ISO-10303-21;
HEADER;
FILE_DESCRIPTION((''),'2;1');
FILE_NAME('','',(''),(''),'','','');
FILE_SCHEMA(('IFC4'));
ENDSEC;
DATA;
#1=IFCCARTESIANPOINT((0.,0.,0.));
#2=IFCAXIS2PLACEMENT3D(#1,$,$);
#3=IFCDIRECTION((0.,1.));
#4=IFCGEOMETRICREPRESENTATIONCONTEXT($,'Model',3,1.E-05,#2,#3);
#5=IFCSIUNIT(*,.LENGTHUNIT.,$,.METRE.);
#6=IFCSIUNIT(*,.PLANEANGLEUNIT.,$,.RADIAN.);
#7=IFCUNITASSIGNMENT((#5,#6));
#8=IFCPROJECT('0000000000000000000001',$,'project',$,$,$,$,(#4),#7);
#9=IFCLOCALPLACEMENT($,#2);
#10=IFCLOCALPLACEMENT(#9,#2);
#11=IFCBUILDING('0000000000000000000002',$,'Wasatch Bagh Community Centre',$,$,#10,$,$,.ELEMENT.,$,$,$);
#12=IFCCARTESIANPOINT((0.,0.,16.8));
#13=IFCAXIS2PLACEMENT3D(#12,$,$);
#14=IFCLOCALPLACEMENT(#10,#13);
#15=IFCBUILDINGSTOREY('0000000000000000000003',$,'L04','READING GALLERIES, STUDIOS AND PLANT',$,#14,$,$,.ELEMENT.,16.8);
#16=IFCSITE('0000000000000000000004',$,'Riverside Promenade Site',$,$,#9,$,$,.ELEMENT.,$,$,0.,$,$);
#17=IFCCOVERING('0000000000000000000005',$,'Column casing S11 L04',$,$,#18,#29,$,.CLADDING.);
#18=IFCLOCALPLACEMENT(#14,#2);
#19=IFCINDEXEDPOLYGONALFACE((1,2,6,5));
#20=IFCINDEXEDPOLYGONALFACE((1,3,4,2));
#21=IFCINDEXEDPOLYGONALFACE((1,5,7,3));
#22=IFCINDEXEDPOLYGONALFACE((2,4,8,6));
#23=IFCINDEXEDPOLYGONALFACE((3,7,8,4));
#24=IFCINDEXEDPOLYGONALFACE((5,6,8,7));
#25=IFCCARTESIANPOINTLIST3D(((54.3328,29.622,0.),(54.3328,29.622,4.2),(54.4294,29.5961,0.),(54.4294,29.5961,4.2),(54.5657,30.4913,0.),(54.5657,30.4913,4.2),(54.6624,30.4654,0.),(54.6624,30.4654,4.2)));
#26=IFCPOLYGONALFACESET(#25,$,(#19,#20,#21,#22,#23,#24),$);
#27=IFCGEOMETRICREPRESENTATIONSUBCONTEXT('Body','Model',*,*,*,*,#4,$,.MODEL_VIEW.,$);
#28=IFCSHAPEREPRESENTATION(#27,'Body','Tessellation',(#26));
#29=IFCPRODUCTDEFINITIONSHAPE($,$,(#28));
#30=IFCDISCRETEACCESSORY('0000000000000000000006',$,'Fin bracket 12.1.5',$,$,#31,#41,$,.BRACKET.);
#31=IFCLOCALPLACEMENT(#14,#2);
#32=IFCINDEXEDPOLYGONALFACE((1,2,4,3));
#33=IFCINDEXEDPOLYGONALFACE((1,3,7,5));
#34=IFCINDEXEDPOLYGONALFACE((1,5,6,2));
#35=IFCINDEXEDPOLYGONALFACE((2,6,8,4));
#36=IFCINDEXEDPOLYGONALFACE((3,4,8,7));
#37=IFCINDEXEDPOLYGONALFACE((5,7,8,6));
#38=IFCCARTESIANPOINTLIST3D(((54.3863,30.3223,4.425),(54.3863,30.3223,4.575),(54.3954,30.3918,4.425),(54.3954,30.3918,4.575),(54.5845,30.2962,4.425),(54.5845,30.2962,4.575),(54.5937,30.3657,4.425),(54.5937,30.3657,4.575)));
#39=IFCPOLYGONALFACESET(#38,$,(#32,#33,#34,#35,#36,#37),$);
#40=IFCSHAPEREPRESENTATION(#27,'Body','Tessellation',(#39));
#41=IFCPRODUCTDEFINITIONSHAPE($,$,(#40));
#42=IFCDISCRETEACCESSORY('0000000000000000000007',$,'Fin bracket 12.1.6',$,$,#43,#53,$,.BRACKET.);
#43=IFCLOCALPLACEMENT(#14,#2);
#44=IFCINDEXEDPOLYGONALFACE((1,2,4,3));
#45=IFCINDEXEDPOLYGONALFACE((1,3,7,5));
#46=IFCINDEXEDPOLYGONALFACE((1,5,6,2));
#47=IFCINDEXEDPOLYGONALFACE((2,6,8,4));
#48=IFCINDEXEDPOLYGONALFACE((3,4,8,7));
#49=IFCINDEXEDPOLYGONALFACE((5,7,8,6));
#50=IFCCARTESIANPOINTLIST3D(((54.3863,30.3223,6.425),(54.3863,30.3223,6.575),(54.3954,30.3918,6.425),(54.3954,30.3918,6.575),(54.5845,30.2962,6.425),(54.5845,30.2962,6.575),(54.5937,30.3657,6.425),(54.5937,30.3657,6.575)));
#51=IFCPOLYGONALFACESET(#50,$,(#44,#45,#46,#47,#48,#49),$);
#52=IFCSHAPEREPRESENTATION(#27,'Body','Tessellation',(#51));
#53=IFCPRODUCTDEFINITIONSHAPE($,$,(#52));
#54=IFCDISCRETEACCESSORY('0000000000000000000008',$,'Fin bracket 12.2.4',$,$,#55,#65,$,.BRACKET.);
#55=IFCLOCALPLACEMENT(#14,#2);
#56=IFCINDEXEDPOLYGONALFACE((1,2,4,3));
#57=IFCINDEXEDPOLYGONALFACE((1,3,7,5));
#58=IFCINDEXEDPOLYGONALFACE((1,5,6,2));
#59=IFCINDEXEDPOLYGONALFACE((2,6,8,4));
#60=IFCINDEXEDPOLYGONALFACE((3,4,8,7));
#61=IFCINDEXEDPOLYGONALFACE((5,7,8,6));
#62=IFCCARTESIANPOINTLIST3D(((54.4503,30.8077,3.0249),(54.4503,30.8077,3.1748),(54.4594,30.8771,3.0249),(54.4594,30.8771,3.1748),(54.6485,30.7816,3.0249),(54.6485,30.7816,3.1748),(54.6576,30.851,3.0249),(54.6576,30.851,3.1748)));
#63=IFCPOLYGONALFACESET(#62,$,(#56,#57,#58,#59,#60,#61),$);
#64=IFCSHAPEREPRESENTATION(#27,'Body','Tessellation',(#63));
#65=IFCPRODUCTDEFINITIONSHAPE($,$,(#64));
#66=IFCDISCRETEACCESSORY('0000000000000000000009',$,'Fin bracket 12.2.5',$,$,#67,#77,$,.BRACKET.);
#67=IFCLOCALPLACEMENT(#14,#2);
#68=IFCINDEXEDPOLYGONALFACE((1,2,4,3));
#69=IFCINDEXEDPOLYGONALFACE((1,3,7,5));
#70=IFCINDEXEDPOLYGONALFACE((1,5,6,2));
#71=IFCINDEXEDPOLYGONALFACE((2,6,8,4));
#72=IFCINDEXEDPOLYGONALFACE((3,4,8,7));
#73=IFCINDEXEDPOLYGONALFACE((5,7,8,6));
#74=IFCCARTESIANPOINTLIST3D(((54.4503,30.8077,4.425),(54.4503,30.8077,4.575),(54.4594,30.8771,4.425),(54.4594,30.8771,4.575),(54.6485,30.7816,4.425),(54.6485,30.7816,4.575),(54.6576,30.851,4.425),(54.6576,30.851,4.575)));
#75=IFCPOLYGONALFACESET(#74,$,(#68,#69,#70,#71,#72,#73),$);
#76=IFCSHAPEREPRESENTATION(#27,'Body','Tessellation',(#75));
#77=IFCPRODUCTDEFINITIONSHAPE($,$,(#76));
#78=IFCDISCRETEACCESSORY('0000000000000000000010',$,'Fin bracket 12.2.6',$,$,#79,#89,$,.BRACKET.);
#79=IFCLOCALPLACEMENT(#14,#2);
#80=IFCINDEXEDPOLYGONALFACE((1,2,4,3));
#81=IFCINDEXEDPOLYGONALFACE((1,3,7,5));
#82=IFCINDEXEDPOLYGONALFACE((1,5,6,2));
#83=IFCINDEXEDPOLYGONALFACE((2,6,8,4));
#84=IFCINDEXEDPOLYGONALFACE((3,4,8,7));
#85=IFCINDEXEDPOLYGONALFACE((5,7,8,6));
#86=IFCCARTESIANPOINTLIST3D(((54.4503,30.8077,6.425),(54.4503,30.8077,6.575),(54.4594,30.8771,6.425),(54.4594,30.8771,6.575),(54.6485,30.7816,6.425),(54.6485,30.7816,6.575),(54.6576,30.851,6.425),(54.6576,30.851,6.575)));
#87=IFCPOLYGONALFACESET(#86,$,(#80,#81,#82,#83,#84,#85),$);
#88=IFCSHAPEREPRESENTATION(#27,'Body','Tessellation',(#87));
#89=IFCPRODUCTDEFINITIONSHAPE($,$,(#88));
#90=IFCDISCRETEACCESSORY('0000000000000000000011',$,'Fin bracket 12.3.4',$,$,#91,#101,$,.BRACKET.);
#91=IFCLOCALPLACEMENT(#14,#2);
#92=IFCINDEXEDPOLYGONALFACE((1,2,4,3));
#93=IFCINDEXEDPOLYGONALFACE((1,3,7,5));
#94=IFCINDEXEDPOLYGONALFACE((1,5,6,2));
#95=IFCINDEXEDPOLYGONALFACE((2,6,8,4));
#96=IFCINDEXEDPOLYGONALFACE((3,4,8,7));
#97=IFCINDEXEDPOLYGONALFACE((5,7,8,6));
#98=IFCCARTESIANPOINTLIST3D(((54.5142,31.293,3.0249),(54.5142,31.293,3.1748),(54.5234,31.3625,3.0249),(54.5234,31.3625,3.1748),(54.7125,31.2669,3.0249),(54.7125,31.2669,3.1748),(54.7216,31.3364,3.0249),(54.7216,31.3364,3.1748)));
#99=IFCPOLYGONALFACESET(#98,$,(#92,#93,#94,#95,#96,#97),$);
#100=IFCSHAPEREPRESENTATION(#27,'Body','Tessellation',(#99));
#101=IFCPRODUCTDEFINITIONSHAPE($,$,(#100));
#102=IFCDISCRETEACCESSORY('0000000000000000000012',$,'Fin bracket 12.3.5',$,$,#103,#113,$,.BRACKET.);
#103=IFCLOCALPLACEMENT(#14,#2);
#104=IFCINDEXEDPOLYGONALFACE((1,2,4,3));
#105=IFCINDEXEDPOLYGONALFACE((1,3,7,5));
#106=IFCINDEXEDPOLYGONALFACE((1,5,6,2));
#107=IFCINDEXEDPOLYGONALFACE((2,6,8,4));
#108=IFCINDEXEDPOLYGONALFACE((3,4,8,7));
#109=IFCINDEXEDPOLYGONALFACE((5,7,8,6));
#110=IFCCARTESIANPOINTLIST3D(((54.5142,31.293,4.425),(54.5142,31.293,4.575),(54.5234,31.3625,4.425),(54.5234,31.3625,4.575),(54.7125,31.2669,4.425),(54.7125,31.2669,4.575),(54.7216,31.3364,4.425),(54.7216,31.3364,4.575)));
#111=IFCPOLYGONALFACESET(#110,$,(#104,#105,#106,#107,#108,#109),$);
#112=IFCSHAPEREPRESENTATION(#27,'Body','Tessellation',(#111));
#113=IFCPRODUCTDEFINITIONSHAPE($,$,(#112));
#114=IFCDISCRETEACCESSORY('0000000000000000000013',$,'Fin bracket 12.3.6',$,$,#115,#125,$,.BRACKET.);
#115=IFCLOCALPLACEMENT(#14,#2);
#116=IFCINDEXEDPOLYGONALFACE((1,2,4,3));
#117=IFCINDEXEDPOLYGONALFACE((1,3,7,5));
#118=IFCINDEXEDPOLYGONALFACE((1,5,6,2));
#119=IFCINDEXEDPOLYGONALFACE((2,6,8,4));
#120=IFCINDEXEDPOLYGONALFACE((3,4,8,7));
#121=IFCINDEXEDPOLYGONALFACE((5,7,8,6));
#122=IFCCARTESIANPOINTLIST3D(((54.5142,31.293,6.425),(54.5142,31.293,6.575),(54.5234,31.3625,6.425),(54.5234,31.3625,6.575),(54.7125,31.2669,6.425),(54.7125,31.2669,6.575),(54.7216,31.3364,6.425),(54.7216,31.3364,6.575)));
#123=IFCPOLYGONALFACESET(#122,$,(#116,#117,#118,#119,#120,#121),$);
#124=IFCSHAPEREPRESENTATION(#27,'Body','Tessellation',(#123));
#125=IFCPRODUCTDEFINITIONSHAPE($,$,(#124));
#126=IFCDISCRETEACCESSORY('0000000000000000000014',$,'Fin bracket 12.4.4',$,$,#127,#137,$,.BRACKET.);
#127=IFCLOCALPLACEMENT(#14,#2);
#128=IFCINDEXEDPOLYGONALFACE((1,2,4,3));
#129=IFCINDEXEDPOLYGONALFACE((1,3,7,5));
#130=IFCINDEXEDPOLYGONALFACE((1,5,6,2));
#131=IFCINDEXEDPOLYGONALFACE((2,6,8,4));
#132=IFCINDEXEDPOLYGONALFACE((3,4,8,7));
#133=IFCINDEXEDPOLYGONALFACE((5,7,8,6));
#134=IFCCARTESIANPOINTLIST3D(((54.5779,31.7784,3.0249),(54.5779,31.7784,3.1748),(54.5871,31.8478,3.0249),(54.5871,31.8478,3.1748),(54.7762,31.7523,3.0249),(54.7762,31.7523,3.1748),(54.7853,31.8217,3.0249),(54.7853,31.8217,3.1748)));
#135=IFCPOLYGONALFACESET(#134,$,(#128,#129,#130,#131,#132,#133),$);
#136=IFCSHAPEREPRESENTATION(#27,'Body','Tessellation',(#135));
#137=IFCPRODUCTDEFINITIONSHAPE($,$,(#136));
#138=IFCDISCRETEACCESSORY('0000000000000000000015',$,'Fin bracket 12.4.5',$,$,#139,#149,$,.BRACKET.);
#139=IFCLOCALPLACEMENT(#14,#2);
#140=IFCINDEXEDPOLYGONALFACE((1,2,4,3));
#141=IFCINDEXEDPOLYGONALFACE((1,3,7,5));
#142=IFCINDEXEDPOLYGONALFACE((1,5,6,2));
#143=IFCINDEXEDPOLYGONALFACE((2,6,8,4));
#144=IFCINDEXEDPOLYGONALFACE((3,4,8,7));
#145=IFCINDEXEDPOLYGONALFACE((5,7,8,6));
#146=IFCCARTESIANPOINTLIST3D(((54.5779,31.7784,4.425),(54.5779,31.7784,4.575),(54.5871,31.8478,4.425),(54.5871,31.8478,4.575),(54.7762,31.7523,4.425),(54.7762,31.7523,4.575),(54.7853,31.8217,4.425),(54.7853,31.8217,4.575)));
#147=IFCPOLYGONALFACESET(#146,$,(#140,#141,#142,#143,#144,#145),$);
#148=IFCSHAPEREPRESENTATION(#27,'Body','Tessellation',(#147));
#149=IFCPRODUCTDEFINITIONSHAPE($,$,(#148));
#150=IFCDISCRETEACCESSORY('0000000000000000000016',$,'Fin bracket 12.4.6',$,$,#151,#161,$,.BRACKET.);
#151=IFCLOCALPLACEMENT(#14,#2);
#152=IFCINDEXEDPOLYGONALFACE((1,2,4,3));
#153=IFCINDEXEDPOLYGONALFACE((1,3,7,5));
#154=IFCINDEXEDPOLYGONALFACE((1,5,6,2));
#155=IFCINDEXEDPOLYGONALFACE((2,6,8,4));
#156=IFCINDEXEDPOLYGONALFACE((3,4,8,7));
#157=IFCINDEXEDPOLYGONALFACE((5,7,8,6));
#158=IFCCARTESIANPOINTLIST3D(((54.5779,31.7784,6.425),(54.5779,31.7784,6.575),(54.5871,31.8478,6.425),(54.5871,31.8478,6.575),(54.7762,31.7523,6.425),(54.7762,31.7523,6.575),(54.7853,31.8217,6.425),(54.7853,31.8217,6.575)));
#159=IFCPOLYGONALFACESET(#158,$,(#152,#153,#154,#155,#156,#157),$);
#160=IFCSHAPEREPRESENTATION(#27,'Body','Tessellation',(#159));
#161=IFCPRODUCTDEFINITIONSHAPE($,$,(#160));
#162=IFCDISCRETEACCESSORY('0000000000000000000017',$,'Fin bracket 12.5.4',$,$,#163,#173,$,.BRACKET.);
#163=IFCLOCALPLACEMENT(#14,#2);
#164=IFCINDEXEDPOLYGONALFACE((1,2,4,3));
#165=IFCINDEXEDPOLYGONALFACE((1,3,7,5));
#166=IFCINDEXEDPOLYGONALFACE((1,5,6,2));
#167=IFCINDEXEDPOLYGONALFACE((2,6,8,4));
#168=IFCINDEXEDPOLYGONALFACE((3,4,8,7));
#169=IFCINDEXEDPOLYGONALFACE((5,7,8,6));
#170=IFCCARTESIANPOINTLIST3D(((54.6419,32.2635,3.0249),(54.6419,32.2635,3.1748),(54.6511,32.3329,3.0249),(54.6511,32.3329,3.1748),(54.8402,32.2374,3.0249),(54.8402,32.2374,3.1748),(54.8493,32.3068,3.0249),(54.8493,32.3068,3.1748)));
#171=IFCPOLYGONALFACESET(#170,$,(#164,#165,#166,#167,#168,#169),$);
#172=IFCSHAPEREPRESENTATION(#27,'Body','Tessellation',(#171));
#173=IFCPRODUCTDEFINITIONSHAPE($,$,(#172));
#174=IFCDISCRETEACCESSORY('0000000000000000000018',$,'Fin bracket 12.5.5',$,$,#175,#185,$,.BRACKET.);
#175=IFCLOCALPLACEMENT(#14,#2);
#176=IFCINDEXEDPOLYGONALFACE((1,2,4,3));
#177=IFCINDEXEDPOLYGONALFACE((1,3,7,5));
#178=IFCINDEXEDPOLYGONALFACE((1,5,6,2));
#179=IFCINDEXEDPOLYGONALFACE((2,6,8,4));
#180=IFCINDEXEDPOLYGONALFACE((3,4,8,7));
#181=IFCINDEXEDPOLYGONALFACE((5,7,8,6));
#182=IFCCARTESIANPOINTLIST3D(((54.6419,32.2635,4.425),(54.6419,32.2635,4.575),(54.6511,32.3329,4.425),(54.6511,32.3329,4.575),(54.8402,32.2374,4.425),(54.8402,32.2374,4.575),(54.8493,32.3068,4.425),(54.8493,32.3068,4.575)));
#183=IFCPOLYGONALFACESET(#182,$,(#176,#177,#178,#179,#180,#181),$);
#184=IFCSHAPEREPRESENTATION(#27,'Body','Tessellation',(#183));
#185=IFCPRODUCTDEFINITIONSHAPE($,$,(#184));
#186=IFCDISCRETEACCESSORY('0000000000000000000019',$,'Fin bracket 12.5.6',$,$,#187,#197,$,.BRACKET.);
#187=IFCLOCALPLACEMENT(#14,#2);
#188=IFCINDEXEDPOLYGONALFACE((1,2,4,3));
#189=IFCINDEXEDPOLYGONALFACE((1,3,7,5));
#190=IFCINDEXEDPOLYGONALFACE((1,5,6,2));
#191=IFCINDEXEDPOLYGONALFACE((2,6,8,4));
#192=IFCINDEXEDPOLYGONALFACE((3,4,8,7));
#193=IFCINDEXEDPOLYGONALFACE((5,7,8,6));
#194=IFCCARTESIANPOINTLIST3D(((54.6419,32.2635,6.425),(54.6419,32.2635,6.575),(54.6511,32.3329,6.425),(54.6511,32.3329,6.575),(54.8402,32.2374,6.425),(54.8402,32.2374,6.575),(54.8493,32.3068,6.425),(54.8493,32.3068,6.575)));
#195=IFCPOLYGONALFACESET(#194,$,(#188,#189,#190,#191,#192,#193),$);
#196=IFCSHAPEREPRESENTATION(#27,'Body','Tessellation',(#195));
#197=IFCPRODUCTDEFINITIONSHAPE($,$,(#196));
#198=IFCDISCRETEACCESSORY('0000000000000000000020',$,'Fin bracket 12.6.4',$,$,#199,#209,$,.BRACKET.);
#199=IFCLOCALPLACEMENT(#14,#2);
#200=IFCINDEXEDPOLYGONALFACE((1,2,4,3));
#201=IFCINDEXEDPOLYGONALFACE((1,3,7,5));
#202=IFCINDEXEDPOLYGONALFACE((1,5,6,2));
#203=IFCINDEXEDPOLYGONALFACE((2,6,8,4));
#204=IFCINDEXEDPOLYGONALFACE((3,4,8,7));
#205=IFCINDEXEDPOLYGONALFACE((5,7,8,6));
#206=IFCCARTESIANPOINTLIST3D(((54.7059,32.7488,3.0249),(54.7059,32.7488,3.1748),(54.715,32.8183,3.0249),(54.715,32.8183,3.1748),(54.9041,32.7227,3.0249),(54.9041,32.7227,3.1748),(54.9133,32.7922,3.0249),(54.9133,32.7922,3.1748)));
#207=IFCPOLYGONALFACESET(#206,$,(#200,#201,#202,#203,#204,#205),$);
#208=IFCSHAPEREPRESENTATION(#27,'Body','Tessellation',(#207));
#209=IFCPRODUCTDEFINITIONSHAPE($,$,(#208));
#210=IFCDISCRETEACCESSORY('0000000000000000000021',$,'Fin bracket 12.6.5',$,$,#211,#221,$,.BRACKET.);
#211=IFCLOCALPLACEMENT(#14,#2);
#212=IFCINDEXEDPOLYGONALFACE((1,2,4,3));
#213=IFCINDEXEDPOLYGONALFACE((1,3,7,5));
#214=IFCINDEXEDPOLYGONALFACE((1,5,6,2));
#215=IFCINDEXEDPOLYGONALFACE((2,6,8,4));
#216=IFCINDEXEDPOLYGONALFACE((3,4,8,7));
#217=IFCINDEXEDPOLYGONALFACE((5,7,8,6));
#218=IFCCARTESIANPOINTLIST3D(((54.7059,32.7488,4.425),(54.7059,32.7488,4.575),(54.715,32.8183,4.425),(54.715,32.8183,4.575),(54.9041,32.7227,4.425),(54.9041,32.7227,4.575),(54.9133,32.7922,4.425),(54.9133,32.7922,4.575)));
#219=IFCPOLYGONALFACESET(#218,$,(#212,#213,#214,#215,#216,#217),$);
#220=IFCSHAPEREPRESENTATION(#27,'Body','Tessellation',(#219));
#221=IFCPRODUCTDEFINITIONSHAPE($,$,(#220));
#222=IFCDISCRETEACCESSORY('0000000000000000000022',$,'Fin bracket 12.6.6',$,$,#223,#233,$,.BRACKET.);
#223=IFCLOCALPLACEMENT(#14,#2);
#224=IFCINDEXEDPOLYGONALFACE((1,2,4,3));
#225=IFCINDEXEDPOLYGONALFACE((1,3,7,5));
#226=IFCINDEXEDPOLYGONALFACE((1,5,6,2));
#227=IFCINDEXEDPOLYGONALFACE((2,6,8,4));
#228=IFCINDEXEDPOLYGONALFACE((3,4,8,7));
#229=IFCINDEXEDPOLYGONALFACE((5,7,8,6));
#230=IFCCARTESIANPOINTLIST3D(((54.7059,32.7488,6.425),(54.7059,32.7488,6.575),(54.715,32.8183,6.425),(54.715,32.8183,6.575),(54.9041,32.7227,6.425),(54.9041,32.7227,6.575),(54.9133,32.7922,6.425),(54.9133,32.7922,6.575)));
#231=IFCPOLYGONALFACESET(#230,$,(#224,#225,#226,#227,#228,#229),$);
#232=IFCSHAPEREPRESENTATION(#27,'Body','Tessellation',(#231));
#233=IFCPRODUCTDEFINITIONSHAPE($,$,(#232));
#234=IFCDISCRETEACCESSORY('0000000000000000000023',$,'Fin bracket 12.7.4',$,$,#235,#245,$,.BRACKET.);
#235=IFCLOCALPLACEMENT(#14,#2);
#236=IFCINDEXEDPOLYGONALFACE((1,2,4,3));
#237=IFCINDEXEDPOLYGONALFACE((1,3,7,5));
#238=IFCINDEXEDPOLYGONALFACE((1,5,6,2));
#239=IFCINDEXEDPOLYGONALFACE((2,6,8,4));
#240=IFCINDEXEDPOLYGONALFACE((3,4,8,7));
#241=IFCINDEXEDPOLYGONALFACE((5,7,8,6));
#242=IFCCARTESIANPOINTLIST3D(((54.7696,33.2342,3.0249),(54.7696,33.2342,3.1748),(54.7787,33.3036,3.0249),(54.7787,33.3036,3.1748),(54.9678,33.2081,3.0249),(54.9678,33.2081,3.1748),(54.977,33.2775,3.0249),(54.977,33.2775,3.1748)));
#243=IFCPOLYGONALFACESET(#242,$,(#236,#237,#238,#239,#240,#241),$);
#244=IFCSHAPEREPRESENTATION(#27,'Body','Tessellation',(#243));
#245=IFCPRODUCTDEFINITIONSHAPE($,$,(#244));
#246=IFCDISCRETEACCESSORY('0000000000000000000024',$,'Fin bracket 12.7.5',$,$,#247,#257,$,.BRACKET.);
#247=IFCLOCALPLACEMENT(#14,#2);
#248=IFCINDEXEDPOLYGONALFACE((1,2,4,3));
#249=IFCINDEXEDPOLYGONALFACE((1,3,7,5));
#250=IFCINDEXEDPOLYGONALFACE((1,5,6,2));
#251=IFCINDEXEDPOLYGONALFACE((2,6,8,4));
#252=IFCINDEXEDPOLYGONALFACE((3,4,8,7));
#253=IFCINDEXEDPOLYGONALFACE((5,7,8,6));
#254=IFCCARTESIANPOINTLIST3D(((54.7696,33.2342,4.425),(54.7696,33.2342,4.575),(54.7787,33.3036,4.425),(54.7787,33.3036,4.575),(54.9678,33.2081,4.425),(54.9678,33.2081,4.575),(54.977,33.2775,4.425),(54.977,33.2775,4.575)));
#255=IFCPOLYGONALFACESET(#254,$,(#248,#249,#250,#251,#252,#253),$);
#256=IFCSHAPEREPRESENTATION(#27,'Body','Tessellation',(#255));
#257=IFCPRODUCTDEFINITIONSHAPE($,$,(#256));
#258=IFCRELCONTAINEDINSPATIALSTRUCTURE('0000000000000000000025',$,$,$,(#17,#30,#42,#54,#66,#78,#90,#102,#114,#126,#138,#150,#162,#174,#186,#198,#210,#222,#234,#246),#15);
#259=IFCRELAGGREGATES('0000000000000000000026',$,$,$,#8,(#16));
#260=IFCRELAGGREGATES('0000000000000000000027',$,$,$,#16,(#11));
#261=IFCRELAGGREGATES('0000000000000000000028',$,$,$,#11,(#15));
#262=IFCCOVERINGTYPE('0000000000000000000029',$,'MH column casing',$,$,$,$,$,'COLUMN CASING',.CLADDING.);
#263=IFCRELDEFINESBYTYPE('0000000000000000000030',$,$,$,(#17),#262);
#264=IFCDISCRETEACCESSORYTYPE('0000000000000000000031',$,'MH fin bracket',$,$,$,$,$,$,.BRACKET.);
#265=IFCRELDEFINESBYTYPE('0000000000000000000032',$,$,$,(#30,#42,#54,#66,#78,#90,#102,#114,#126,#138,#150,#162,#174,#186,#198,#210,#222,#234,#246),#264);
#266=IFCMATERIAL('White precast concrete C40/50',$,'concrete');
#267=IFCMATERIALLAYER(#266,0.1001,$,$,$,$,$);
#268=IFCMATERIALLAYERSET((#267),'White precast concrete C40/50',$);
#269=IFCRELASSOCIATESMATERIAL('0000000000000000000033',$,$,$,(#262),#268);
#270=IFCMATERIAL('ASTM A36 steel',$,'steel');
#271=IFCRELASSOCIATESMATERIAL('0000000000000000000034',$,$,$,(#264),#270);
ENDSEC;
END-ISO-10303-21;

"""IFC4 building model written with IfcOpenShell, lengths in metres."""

from ifc_helpers import new_model, si_unit, direction, frame, origin, origin_2d, place, context, subcontext, project, spatial, rectangle, extrude, material, layer, layer_set, type_object, element, save


model = new_model("IFC4")

# Units and contexts
model_context = context("Model", 3, precision=1e-05, world=origin(), true_north=direction((0.0, 1.0)))
body_context = subcontext(model_context, "Body", "Model", "MODEL_VIEW")
ifc_project = project(units=[si_unit("LENGTHUNIT", "METRE"), si_unit("PLANEANGLEUNIT", "RADIAN")], contexts=[model_context])

# Site, building, storey
site_placement = place(None, origin())
site = spatial("IfcSite", under=ifc_project, at=site_placement, Name="Riverside Promenade Site", CompositionType="ELEMENT", RefElevation=0.0)
building_placement = place(site_placement, origin())
building = spatial("IfcBuilding", under=site, at=building_placement, Name="Wasatch Bagh Community Centre", CompositionType="ELEMENT")
storey_placement = place(building_placement, frame((0.0, 0.0, 16.8)))
storey = spatial("IfcBuildingStorey", under=building, at=storey_placement, Name="L04", Description="READING GALLERIES, STUDIOS AND PLANT", CompositionType="ELEMENT", Elevation=16.8)

# Covering
ifc_material_1 = material(Name="White precast concrete C40/50", Category="concrete")
ifc_layer = layer(ifc_material_1, 0.1001)
ifc_layer_set = layer_set([ifc_layer], Name="White precast concrete C40/50")
covering_type = type_object("IfcCoveringType", Name="MH column casing", ElementType="COLUMN CASING", PredefinedType="CLADDING", material=ifc_layer_set)
covering_placement = place(storey_placement, frame((54.4976, 30.0437, 0.0), z_axis=(0.0, 0.0, 1.0), x_axis=(0.258819, 0.965926, 0.0)))
element("IfcCovering", 1, at=covering_placement, inside=storey, type_object=covering_type, Name="Column casing S11 L04", PredefinedType="CLADDING", context=body_context, shape_type="SweptSolid", body=[
    extrude(rectangle(XDim=0.8999, YDim=0.1001, at=origin_2d()), origin(), (0.0, 0.0, 1.0), 4.2),
])

# Discrete accessories
ifc_material_2 = material(Name="ASTM A36 steel", Category="steel")
discrete_accessory_type = type_object("IfcDiscreteAccessoryType", Name="MH fin bracket", PredefinedType="BRACKET", material=ifc_material_2)
for number, where, z_axis, x_axis, name in (
    (2, (54.49, 30.344, 4.425), (0.0, 0.0, 1.0), (0.130526, 0.991445, 0.0), "Fin bracket 12.1.5"),
    (3, (54.49, 30.344, 6.425), (0.0, 0.0, 1.0), (0.130526, 0.991445, 0.0), "Fin bracket 12.1.6"),
    (4, (54.554, 30.8293, 3.0249), (0.0, 0.0, 1.0), (0.130526, 0.991445, 0.0), "Fin bracket 12.2.4"),
    (5, (54.554, 30.8293, 4.425), (0.0, 0.0, 1.0), (0.130526, 0.991445, 0.0), "Fin bracket 12.2.5"),
    (6, (54.554, 30.8293, 6.425), (0.0, 0.0, 1.0), (0.130526, 0.991445, 0.0), "Fin bracket 12.2.6"),
    (7, (54.6179, 31.3147, 3.0249), (0.0, 0.0, 1.0), (0.130526, 0.991445, 0.0), "Fin bracket 12.3.4"),
    (8, (54.6179, 31.3147, 4.425), (0.0, 0.0, 1.0), (0.130526, 0.991445, 0.0), "Fin bracket 12.3.5"),
    (9, (54.6179, 31.3147, 6.425), (0.0, 0.0, 1.0), (0.130526, 0.991445, 0.0), "Fin bracket 12.3.6"),
    (10, (54.6816, 31.8, 3.0249), (0.0, 0.0, 1.0), (0.130526, 0.991445, 0.0), "Fin bracket 12.4.4"),
    (11, (54.6816, 31.8, 4.425), (0.0, 0.0, 1.0), (0.130526, 0.991445, 0.0), "Fin bracket 12.4.5"),
    (12, (54.6816, 31.8, 6.425), (0.0, 0.0, 1.0), (0.130526, 0.991445, 0.0), "Fin bracket 12.4.6"),
    (13, (54.7456, 32.2852, 3.0249), (0.0, 0.0, 1.0), (0.130526, 0.991445, 0.0), "Fin bracket 12.5.4"),
    (14, (54.7456, 32.2852, 4.425), (0.0, 0.0, 1.0), (0.130526, 0.991445, 0.0), "Fin bracket 12.5.5"),
    (15, (54.7456, 32.2852, 6.425), (0.0, 0.0, 1.0), (0.130526, 0.991445, 0.0), "Fin bracket 12.5.6"),
    (16, (54.8096, 32.7705, 3.0249), (0.0, 0.0, 1.0), (0.130526, 0.991445, 0.0), "Fin bracket 12.6.4"),
    (17, (54.8096, 32.7705, 4.425), (0.0, 0.0, 1.0), (0.130526, 0.991445, 0.0), "Fin bracket 12.6.5"),
    (18, (54.8096, 32.7705, 6.425), (0.0, 0.0, 1.0), (0.130526, 0.991445, 0.0), "Fin bracket 12.6.6"),
    (19, (54.8733, 33.2559, 3.0249), (0.0, 0.0, 1.0), (0.130526, 0.991445, 0.0), "Fin bracket 12.7.4"),
    (20, (54.8733, 33.2559, 4.425), (0.0, 0.0, 1.0), (0.130526, 0.991445, 0.0), "Fin bracket 12.7.5"),
):
    element("IfcDiscreteAccessory", number, at=place(storey_placement, frame(where, z_axis=z_axis, x_axis=x_axis)), inside=storey, type_object=discrete_accessory_type, Name=name, PredefinedType="BRACKET", context=body_context, shape_type="SweptSolid", body=[
        extrude(rectangle(XDim=0.0701, YDim=0.2, at=origin_2d()), origin(), (0.0, 0.0, 1.0), 0.1499),
    ])

save(model, "model.ifc")
